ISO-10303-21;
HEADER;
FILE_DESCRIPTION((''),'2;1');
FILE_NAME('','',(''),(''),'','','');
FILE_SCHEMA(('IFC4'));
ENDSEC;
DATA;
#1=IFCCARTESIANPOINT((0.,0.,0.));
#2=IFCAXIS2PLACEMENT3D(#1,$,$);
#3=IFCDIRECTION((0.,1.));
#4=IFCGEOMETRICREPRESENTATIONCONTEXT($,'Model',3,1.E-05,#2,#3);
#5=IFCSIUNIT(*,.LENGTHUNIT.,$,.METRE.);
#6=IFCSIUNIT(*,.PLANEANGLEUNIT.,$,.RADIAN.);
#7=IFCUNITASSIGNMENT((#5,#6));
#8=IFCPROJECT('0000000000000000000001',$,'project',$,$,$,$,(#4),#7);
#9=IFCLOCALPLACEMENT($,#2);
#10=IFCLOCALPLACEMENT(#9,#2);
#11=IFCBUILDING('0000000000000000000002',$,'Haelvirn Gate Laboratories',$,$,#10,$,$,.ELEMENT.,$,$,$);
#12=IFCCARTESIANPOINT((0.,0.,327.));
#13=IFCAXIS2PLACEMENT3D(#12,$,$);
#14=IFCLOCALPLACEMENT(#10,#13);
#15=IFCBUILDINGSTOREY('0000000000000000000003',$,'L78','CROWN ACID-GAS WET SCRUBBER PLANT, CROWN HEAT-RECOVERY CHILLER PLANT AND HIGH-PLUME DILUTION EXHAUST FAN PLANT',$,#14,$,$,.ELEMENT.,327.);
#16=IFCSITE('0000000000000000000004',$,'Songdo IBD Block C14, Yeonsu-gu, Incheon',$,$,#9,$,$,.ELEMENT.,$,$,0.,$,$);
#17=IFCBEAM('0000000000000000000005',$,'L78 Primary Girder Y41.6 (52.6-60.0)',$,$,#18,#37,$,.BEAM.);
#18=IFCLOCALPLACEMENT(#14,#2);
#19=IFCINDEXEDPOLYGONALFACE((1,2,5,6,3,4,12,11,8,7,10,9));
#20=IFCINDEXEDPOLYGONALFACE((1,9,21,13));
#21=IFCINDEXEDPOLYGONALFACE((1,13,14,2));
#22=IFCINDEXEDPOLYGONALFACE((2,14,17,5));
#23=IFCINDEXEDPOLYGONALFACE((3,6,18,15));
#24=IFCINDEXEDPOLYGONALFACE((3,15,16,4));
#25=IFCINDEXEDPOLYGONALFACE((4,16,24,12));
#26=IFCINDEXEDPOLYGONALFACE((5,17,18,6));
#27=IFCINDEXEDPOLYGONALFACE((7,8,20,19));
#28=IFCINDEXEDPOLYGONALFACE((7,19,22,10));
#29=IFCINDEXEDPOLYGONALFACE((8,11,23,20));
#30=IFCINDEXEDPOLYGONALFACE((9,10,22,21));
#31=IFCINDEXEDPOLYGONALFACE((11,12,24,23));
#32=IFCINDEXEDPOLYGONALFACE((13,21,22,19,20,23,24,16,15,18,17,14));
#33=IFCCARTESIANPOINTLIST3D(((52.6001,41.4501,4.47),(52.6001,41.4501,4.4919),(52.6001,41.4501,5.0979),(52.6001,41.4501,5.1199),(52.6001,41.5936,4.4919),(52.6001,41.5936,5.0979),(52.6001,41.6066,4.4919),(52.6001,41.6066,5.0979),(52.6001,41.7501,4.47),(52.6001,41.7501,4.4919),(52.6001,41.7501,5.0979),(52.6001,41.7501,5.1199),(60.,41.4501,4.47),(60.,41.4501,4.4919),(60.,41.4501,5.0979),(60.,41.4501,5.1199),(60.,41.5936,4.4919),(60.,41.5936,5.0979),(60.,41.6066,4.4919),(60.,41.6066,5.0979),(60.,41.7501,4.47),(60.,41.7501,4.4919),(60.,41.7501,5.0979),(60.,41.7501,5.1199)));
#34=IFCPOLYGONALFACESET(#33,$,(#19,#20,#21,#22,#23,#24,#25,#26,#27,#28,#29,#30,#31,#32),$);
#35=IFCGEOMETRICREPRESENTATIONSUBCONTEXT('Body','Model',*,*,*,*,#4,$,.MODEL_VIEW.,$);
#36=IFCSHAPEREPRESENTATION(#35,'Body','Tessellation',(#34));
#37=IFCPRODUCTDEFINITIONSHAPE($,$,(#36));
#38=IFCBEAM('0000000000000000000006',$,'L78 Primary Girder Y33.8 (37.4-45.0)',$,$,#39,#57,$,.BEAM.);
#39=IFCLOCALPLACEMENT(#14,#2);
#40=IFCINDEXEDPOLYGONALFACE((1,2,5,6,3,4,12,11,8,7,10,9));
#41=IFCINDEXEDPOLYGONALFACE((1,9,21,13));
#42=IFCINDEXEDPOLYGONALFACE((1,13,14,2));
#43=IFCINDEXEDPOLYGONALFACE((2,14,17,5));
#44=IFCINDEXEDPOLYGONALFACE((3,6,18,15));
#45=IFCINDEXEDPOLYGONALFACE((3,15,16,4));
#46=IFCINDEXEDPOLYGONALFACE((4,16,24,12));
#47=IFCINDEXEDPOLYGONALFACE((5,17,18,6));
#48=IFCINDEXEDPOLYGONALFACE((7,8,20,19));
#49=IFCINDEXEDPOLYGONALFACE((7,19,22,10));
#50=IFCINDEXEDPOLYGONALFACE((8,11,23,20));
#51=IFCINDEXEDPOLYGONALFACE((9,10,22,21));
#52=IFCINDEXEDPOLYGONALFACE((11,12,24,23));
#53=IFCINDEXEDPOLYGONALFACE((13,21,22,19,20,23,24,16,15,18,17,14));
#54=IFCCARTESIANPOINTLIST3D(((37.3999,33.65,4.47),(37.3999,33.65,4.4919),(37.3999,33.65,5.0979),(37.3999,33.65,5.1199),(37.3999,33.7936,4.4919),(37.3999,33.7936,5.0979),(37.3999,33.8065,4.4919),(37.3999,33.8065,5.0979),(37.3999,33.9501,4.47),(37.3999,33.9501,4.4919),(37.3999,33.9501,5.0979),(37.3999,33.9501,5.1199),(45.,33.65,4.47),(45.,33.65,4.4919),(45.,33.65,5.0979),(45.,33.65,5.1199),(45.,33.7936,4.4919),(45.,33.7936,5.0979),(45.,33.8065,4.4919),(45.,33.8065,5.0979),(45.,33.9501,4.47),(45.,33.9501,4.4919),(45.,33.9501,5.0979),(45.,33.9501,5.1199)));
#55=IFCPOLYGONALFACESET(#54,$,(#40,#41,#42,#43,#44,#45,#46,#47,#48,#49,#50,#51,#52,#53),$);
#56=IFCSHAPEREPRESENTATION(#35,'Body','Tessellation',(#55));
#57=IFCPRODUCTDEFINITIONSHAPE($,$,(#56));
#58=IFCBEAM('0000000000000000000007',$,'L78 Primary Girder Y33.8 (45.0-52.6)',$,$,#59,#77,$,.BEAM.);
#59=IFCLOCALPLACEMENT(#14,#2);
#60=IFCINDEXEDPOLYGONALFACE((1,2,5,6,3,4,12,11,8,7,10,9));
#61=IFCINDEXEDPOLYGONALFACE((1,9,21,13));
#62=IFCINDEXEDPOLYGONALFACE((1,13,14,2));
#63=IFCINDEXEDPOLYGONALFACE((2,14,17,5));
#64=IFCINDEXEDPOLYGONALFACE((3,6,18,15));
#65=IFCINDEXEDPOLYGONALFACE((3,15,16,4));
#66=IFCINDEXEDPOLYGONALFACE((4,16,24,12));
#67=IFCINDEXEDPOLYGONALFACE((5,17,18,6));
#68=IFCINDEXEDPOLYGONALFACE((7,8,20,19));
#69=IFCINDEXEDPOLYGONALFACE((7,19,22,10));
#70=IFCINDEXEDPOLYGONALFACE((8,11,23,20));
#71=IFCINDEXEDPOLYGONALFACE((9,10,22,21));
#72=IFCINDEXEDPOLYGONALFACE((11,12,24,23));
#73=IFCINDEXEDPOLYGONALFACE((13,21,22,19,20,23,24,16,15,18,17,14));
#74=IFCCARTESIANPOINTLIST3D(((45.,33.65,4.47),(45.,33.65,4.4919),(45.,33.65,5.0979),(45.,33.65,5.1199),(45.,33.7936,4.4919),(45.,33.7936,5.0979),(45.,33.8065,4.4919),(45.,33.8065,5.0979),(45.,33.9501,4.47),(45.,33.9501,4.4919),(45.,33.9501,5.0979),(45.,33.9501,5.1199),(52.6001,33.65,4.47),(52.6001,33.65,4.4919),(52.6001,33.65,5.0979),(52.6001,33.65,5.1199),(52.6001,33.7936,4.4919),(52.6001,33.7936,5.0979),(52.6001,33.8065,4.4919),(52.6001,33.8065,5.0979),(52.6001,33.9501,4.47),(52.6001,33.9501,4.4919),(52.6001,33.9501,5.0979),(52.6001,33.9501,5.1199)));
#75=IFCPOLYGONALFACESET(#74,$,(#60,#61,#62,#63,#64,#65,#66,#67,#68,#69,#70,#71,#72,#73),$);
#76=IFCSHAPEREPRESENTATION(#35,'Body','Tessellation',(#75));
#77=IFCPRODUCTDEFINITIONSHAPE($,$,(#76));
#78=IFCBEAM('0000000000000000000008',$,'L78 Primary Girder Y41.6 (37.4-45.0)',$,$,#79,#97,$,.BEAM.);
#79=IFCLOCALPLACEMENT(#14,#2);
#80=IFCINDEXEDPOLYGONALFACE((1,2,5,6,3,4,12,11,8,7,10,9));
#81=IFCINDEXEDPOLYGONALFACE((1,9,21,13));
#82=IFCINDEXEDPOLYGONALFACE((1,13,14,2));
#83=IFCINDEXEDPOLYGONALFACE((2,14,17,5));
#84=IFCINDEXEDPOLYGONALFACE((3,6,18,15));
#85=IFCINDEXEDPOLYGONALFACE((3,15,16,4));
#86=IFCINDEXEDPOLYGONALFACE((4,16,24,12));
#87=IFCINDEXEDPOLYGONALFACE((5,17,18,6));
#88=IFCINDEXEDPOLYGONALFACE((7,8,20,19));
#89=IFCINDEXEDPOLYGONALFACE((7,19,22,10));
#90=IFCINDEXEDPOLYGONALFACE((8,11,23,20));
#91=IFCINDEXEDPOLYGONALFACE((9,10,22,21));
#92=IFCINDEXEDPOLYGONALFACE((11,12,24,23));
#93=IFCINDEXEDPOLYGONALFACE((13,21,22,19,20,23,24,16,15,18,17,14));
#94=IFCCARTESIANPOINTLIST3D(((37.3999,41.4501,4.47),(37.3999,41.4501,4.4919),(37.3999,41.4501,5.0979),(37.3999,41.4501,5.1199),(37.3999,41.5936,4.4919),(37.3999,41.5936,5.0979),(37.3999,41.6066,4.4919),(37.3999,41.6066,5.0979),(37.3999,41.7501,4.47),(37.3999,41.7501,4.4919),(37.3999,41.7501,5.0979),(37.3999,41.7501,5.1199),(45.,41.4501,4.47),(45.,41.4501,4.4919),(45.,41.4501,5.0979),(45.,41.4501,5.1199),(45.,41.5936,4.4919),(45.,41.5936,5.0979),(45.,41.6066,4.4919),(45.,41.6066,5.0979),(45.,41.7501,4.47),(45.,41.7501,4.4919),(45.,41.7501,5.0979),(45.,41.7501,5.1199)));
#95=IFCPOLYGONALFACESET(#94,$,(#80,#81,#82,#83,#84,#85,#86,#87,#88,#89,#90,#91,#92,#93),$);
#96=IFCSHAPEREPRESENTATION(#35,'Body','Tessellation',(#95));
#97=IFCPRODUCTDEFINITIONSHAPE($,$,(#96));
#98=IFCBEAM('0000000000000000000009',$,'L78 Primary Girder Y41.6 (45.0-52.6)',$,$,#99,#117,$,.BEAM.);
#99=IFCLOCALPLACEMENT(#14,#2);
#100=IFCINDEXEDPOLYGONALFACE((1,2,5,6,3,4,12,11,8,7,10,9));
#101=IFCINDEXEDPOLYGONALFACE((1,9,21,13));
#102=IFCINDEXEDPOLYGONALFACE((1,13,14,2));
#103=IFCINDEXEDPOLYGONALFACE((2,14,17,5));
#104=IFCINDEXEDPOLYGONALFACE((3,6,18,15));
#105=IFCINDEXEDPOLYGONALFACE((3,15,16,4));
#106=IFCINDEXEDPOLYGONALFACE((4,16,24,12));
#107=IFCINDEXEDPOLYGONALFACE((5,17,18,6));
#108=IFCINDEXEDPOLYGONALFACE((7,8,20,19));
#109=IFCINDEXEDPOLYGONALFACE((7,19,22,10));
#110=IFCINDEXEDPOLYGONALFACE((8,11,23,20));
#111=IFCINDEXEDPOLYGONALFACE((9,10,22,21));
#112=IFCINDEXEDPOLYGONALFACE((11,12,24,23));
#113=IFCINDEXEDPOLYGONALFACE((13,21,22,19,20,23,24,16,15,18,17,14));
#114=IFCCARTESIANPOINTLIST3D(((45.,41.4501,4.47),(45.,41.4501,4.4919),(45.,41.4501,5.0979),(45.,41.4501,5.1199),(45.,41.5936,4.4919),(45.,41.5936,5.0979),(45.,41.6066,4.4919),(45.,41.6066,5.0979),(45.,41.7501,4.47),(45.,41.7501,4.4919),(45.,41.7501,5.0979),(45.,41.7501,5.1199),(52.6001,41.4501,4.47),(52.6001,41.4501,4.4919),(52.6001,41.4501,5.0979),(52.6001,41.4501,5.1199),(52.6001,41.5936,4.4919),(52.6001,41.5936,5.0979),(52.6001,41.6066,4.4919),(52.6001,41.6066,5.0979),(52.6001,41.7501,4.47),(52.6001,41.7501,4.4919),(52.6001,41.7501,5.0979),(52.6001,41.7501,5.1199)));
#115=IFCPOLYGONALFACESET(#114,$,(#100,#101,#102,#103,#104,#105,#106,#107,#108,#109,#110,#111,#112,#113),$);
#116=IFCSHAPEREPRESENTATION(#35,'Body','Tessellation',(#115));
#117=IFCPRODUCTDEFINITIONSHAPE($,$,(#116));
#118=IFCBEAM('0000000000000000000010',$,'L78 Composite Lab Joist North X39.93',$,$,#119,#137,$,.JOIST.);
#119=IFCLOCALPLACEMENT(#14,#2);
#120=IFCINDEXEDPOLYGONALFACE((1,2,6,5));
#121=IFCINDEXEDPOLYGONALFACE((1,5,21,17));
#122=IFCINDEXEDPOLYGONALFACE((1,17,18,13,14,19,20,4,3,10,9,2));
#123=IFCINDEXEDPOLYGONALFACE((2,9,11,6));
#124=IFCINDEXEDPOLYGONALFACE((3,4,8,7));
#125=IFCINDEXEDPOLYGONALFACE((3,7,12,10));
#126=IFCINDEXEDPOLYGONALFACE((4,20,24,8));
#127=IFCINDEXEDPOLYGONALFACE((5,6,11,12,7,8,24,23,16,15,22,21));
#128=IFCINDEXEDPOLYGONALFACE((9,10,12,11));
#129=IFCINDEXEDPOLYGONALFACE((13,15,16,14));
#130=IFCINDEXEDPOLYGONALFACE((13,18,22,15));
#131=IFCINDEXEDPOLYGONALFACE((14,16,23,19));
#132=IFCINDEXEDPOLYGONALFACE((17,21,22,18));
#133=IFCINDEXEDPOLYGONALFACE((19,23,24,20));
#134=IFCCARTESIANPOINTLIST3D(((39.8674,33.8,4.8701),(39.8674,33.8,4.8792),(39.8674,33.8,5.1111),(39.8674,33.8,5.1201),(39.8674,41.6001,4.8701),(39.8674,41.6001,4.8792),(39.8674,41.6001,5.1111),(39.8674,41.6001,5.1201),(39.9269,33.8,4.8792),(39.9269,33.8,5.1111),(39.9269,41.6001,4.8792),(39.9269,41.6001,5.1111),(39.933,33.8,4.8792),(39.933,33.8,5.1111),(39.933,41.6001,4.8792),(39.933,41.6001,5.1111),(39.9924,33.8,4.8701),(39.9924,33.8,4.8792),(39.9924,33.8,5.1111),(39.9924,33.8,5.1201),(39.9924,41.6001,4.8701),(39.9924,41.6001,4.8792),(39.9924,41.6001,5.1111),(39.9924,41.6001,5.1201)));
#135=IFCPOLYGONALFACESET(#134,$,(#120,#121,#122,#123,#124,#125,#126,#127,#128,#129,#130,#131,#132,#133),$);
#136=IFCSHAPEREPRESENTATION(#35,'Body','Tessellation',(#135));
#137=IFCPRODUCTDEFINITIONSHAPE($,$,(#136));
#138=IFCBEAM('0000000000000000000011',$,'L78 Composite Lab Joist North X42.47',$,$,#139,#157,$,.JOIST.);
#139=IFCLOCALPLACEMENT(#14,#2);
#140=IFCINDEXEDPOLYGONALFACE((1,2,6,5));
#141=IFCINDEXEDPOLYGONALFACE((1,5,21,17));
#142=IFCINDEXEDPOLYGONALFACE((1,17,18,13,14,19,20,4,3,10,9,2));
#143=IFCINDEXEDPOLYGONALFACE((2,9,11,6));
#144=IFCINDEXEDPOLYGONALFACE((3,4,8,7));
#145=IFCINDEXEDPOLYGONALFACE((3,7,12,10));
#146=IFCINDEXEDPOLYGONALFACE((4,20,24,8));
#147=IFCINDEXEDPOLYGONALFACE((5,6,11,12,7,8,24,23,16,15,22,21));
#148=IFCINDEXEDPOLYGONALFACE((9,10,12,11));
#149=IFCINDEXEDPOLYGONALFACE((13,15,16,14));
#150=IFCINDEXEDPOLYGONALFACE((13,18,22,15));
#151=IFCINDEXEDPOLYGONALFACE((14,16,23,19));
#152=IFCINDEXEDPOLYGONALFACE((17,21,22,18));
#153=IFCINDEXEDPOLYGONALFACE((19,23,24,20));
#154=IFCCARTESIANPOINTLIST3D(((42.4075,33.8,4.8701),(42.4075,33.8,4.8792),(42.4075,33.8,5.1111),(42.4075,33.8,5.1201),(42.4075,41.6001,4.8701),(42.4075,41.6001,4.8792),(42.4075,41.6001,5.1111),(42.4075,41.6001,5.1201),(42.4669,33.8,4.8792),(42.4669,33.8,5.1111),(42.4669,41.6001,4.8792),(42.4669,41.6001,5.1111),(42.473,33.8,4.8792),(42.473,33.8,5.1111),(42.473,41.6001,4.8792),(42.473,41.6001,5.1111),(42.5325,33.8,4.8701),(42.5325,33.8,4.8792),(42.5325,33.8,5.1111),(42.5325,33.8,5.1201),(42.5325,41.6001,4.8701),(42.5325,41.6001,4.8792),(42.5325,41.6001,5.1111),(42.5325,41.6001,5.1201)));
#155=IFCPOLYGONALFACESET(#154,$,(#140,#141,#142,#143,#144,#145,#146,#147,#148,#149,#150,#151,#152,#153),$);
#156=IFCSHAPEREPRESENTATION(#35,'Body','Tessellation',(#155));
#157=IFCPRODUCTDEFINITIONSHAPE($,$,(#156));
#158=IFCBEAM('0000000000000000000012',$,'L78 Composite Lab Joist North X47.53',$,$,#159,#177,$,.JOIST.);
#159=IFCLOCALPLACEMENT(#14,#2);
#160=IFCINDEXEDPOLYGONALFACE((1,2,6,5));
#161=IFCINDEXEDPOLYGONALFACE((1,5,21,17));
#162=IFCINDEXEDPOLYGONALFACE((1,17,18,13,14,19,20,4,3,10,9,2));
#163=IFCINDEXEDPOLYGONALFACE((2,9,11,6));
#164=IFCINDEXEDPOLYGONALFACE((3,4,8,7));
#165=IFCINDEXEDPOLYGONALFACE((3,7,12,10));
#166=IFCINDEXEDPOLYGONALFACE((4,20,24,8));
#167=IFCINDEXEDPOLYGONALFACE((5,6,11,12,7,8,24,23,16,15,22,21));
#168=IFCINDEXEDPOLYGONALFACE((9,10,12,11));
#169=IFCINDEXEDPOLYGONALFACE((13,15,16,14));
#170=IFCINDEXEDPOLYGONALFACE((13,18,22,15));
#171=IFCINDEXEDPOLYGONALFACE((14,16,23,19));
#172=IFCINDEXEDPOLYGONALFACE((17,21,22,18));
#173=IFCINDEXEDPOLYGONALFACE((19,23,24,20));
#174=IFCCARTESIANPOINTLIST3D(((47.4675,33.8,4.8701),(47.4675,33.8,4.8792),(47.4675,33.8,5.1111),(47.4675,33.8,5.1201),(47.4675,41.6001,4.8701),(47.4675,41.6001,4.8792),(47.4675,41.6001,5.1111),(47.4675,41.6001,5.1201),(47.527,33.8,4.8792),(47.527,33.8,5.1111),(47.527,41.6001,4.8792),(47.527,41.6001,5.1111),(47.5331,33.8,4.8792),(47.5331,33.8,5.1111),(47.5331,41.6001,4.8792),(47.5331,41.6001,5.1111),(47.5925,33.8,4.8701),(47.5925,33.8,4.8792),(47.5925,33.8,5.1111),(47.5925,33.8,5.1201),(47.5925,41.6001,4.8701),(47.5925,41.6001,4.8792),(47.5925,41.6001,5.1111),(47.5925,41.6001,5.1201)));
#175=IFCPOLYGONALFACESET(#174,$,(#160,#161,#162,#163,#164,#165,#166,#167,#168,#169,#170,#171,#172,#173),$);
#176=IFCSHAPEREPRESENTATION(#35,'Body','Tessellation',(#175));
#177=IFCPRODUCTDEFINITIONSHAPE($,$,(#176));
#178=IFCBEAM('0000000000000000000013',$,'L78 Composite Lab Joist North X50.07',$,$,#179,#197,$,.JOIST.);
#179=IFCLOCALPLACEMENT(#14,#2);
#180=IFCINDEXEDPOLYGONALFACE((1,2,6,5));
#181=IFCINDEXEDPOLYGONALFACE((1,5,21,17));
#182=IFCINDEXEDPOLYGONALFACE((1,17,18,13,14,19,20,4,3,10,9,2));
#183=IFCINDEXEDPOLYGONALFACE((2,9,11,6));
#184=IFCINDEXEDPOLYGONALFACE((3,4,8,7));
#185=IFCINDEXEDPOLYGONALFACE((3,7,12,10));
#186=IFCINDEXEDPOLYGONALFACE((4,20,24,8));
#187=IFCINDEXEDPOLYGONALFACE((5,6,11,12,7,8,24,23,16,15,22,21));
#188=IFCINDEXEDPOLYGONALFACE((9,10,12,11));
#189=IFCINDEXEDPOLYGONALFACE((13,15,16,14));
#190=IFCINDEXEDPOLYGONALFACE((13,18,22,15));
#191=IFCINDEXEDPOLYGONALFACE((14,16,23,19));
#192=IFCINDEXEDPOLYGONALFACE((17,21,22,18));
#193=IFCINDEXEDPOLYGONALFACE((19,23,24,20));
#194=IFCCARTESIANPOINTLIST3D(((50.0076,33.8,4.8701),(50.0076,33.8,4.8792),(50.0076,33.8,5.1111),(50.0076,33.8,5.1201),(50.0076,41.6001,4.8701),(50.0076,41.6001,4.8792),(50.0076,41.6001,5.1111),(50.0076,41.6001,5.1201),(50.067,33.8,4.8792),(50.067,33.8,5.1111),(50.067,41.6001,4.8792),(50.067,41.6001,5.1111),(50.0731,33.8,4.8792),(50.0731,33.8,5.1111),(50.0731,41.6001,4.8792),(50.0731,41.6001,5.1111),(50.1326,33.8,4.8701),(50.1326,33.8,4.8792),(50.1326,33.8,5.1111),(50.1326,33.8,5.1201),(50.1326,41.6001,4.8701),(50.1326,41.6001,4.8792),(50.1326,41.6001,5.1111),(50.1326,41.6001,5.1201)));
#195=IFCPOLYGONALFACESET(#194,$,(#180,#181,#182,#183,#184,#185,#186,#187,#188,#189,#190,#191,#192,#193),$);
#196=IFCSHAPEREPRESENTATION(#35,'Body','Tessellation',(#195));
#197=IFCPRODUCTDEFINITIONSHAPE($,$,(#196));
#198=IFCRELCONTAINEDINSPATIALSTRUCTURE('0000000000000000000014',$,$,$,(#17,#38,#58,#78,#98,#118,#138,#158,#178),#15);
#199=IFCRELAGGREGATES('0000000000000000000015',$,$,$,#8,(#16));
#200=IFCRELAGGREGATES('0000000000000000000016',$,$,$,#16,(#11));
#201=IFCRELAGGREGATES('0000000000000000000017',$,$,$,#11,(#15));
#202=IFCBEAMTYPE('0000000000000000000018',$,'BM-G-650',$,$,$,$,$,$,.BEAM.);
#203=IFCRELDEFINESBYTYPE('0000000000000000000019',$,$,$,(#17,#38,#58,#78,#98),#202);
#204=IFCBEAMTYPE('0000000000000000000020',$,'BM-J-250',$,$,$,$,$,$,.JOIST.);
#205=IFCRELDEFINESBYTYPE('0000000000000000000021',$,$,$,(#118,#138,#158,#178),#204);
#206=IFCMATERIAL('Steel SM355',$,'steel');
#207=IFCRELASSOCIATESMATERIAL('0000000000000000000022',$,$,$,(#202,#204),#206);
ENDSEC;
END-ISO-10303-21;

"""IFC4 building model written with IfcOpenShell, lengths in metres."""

from ifc_helpers import new_model, si_unit, direction, frame, origin, origin_2d, place, context, subcontext, project, spatial, i_section, extrude, source, transform, mapped, material, material_profile, profile_set, type_object, type_shapes, element, save


model = new_model("IFC4")

# Units and contexts
model_context = context("Model", 3, precision=1e-05, world=origin(), true_north=direction((0.0, 1.0)))
body_context = subcontext(model_context, "Body", "Model", "MODEL_VIEW")
ifc_project = project(units=[si_unit("LENGTHUNIT", "METRE"), si_unit("PLANEANGLEUNIT", "RADIAN")], contexts=[model_context])

# Site, building, storey
site_placement = place(None, origin())
site = spatial("IfcSite", under=ifc_project, at=site_placement, Name="Songdo IBD Block C14, Yeonsu-gu, Incheon", CompositionType="ELEMENT", RefElevation=0.0)
building_placement = place(site_placement, origin())
building = spatial("IfcBuilding", under=site, at=building_placement, Name="Haelvirn Gate Laboratories", CompositionType="ELEMENT")
storey_placement = place(building_placement, frame((0.0, 0.0, 327.0)))
storey = spatial("IfcBuildingStorey", under=building, at=storey_placement, Name="L78", Description="CROWN ACID-GAS WET SCRUBBER PLANT, CROWN HEAT-RECOVERY CHILLER PLANT AND HIGH-PLUME DILUTION EXHAUST FAN PLANT", CompositionType="ELEMENT", Elevation=327.0)

# Shared definitions
ifc_material_1 = material(Name="Steel SM355", Category="steel")

# Beams
ifc_material_profile_1 = material_profile(ifc_material_1, i_section(OverallWidth=0.3, OverallDepth=0.6499, WebThickness=0.0129, FlangeThickness=0.022, at=origin_2d()), Name="H-650x300x13x22")
ifc_profile_set_1 = profile_set([ifc_material_profile_1], Name="Steel SM355")
beam_type_1 = type_object("IfcBeamType", Name="BM-G-650", PredefinedType="BEAM", material=ifc_profile_set_1)
shared_shape_1 = source(origin(), body_context, "Body", "SweptSolid", [
    extrude(i_section(OverallWidth=0.3, OverallDepth=0.6499, WebThickness=0.0129, FlangeThickness=0.022, at=origin_2d()), origin(), (0.0, 0.0, 1.0), 7.3999),
])
beam_1_placement = place(storey_placement, frame((52.6001, 41.6001, 4.7949), z_axis=(1.0, 0.0, 0.0), x_axis=(0.0, 1.0, 0.0)))
element("IfcBeam", 1, at=beam_1_placement, inside=storey, type_object=beam_type_1, Name="L78 Primary Girder Y41.6 (52.6-60.0)", PredefinedType="BEAM", context=body_context, shape_type="MappedRepresentation", body=[
    mapped(shared_shape_1, transform((0.0, 0.0, 0.0), scale=1.0)),
])
shared_shape_2 = source(origin(), body_context, "Body", "SweptSolid", [
    extrude(i_section(OverallWidth=0.3, OverallDepth=0.6499, WebThickness=0.0129, FlangeThickness=0.022, at=origin_2d()), origin(), (0.0, 0.0, 1.0), 7.6001),
])
type_shapes(beam_type_1, [shared_shape_1, shared_shape_2])
for number, where, z_axis, x_axis, name in (
    (2, (37.3999, 33.8, 4.7949), (1.0, 0.0, 0.0), (0.0, 1.0, 0.0), "L78 Primary Girder Y33.8 (37.4-45.0)"),
    (3, (45.0, 33.8, 4.7949), (1.0, 0.0, 0.0), (0.0, 1.0, 0.0), "L78 Primary Girder Y33.8 (45.0-52.6)"),
    (4, (37.3999, 41.6001, 4.7949), (1.0, 0.0, 0.0), (0.0, 1.0, 0.0), "L78 Primary Girder Y41.6 (37.4-45.0)"),
    (5, (45.0, 41.6001, 4.7949), (1.0, 0.0, 0.0), (0.0, 1.0, 0.0), "L78 Primary Girder Y41.6 (45.0-52.6)"),
):
    element("IfcBeam", number, at=place(storey_placement, frame(where, z_axis=z_axis, x_axis=x_axis)), inside=storey, type_object=beam_type_1, Name=name, PredefinedType="BEAM", context=body_context, shape_type="MappedRepresentation", body=[
        mapped(shared_shape_2, transform((0.0, 0.0, 0.0), scale=1.0)),
    ])
ifc_material_profile_2 = material_profile(ifc_material_1, i_section(OverallWidth=0.125, OverallDepth=0.25, WebThickness=0.0061, FlangeThickness=0.009, at=origin_2d()), Name="H-250x125x6x9")
ifc_profile_set_2 = profile_set([ifc_material_profile_2], Name="Steel SM355")
beam_type_2 = type_object("IfcBeamType", Name="BM-J-250", PredefinedType="JOIST", material=ifc_profile_set_2)
shared_shape_3 = source(origin(), body_context, "Body", "SweptSolid", [
    extrude(i_section(OverallWidth=0.125, OverallDepth=0.25, WebThickness=0.0061, FlangeThickness=0.009, at=origin_2d()), origin(), (0.0, 0.0, 1.0), 7.8),
])
type_shapes(beam_type_2, [shared_shape_3])
for number, where, z_axis, x_axis, name in (
    (6, (39.9299, 33.8, 4.9951), (0.0, 1.0, 0.0), (-1.0, 0.0, 0.0), "L78 Composite Lab Joist North X39.93"),
    (7, (42.47, 33.8, 4.9951), (0.0, 1.0, 0.0), (-1.0, 0.0, 0.0), "L78 Composite Lab Joist North X42.47"),
    (8, (47.53, 33.8, 4.9951), (0.0, 1.0, 0.0), (-1.0, 0.0, 0.0), "L78 Composite Lab Joist North X47.53"),
    (9, (50.0701, 33.8, 4.9951), (0.0, 1.0, 0.0), (-1.0, 0.0, 0.0), "L78 Composite Lab Joist North X50.07"),
):
    element("IfcBeam", number, at=place(storey_placement, frame(where, z_axis=z_axis, x_axis=x_axis)), inside=storey, type_object=beam_type_2, Name=name, PredefinedType="JOIST", context=body_context, shape_type="MappedRepresentation", body=[
        mapped(shared_shape_3, transform((0.0, 0.0, 0.0), scale=1.0)),
    ])

save(model, "model.ifc")
